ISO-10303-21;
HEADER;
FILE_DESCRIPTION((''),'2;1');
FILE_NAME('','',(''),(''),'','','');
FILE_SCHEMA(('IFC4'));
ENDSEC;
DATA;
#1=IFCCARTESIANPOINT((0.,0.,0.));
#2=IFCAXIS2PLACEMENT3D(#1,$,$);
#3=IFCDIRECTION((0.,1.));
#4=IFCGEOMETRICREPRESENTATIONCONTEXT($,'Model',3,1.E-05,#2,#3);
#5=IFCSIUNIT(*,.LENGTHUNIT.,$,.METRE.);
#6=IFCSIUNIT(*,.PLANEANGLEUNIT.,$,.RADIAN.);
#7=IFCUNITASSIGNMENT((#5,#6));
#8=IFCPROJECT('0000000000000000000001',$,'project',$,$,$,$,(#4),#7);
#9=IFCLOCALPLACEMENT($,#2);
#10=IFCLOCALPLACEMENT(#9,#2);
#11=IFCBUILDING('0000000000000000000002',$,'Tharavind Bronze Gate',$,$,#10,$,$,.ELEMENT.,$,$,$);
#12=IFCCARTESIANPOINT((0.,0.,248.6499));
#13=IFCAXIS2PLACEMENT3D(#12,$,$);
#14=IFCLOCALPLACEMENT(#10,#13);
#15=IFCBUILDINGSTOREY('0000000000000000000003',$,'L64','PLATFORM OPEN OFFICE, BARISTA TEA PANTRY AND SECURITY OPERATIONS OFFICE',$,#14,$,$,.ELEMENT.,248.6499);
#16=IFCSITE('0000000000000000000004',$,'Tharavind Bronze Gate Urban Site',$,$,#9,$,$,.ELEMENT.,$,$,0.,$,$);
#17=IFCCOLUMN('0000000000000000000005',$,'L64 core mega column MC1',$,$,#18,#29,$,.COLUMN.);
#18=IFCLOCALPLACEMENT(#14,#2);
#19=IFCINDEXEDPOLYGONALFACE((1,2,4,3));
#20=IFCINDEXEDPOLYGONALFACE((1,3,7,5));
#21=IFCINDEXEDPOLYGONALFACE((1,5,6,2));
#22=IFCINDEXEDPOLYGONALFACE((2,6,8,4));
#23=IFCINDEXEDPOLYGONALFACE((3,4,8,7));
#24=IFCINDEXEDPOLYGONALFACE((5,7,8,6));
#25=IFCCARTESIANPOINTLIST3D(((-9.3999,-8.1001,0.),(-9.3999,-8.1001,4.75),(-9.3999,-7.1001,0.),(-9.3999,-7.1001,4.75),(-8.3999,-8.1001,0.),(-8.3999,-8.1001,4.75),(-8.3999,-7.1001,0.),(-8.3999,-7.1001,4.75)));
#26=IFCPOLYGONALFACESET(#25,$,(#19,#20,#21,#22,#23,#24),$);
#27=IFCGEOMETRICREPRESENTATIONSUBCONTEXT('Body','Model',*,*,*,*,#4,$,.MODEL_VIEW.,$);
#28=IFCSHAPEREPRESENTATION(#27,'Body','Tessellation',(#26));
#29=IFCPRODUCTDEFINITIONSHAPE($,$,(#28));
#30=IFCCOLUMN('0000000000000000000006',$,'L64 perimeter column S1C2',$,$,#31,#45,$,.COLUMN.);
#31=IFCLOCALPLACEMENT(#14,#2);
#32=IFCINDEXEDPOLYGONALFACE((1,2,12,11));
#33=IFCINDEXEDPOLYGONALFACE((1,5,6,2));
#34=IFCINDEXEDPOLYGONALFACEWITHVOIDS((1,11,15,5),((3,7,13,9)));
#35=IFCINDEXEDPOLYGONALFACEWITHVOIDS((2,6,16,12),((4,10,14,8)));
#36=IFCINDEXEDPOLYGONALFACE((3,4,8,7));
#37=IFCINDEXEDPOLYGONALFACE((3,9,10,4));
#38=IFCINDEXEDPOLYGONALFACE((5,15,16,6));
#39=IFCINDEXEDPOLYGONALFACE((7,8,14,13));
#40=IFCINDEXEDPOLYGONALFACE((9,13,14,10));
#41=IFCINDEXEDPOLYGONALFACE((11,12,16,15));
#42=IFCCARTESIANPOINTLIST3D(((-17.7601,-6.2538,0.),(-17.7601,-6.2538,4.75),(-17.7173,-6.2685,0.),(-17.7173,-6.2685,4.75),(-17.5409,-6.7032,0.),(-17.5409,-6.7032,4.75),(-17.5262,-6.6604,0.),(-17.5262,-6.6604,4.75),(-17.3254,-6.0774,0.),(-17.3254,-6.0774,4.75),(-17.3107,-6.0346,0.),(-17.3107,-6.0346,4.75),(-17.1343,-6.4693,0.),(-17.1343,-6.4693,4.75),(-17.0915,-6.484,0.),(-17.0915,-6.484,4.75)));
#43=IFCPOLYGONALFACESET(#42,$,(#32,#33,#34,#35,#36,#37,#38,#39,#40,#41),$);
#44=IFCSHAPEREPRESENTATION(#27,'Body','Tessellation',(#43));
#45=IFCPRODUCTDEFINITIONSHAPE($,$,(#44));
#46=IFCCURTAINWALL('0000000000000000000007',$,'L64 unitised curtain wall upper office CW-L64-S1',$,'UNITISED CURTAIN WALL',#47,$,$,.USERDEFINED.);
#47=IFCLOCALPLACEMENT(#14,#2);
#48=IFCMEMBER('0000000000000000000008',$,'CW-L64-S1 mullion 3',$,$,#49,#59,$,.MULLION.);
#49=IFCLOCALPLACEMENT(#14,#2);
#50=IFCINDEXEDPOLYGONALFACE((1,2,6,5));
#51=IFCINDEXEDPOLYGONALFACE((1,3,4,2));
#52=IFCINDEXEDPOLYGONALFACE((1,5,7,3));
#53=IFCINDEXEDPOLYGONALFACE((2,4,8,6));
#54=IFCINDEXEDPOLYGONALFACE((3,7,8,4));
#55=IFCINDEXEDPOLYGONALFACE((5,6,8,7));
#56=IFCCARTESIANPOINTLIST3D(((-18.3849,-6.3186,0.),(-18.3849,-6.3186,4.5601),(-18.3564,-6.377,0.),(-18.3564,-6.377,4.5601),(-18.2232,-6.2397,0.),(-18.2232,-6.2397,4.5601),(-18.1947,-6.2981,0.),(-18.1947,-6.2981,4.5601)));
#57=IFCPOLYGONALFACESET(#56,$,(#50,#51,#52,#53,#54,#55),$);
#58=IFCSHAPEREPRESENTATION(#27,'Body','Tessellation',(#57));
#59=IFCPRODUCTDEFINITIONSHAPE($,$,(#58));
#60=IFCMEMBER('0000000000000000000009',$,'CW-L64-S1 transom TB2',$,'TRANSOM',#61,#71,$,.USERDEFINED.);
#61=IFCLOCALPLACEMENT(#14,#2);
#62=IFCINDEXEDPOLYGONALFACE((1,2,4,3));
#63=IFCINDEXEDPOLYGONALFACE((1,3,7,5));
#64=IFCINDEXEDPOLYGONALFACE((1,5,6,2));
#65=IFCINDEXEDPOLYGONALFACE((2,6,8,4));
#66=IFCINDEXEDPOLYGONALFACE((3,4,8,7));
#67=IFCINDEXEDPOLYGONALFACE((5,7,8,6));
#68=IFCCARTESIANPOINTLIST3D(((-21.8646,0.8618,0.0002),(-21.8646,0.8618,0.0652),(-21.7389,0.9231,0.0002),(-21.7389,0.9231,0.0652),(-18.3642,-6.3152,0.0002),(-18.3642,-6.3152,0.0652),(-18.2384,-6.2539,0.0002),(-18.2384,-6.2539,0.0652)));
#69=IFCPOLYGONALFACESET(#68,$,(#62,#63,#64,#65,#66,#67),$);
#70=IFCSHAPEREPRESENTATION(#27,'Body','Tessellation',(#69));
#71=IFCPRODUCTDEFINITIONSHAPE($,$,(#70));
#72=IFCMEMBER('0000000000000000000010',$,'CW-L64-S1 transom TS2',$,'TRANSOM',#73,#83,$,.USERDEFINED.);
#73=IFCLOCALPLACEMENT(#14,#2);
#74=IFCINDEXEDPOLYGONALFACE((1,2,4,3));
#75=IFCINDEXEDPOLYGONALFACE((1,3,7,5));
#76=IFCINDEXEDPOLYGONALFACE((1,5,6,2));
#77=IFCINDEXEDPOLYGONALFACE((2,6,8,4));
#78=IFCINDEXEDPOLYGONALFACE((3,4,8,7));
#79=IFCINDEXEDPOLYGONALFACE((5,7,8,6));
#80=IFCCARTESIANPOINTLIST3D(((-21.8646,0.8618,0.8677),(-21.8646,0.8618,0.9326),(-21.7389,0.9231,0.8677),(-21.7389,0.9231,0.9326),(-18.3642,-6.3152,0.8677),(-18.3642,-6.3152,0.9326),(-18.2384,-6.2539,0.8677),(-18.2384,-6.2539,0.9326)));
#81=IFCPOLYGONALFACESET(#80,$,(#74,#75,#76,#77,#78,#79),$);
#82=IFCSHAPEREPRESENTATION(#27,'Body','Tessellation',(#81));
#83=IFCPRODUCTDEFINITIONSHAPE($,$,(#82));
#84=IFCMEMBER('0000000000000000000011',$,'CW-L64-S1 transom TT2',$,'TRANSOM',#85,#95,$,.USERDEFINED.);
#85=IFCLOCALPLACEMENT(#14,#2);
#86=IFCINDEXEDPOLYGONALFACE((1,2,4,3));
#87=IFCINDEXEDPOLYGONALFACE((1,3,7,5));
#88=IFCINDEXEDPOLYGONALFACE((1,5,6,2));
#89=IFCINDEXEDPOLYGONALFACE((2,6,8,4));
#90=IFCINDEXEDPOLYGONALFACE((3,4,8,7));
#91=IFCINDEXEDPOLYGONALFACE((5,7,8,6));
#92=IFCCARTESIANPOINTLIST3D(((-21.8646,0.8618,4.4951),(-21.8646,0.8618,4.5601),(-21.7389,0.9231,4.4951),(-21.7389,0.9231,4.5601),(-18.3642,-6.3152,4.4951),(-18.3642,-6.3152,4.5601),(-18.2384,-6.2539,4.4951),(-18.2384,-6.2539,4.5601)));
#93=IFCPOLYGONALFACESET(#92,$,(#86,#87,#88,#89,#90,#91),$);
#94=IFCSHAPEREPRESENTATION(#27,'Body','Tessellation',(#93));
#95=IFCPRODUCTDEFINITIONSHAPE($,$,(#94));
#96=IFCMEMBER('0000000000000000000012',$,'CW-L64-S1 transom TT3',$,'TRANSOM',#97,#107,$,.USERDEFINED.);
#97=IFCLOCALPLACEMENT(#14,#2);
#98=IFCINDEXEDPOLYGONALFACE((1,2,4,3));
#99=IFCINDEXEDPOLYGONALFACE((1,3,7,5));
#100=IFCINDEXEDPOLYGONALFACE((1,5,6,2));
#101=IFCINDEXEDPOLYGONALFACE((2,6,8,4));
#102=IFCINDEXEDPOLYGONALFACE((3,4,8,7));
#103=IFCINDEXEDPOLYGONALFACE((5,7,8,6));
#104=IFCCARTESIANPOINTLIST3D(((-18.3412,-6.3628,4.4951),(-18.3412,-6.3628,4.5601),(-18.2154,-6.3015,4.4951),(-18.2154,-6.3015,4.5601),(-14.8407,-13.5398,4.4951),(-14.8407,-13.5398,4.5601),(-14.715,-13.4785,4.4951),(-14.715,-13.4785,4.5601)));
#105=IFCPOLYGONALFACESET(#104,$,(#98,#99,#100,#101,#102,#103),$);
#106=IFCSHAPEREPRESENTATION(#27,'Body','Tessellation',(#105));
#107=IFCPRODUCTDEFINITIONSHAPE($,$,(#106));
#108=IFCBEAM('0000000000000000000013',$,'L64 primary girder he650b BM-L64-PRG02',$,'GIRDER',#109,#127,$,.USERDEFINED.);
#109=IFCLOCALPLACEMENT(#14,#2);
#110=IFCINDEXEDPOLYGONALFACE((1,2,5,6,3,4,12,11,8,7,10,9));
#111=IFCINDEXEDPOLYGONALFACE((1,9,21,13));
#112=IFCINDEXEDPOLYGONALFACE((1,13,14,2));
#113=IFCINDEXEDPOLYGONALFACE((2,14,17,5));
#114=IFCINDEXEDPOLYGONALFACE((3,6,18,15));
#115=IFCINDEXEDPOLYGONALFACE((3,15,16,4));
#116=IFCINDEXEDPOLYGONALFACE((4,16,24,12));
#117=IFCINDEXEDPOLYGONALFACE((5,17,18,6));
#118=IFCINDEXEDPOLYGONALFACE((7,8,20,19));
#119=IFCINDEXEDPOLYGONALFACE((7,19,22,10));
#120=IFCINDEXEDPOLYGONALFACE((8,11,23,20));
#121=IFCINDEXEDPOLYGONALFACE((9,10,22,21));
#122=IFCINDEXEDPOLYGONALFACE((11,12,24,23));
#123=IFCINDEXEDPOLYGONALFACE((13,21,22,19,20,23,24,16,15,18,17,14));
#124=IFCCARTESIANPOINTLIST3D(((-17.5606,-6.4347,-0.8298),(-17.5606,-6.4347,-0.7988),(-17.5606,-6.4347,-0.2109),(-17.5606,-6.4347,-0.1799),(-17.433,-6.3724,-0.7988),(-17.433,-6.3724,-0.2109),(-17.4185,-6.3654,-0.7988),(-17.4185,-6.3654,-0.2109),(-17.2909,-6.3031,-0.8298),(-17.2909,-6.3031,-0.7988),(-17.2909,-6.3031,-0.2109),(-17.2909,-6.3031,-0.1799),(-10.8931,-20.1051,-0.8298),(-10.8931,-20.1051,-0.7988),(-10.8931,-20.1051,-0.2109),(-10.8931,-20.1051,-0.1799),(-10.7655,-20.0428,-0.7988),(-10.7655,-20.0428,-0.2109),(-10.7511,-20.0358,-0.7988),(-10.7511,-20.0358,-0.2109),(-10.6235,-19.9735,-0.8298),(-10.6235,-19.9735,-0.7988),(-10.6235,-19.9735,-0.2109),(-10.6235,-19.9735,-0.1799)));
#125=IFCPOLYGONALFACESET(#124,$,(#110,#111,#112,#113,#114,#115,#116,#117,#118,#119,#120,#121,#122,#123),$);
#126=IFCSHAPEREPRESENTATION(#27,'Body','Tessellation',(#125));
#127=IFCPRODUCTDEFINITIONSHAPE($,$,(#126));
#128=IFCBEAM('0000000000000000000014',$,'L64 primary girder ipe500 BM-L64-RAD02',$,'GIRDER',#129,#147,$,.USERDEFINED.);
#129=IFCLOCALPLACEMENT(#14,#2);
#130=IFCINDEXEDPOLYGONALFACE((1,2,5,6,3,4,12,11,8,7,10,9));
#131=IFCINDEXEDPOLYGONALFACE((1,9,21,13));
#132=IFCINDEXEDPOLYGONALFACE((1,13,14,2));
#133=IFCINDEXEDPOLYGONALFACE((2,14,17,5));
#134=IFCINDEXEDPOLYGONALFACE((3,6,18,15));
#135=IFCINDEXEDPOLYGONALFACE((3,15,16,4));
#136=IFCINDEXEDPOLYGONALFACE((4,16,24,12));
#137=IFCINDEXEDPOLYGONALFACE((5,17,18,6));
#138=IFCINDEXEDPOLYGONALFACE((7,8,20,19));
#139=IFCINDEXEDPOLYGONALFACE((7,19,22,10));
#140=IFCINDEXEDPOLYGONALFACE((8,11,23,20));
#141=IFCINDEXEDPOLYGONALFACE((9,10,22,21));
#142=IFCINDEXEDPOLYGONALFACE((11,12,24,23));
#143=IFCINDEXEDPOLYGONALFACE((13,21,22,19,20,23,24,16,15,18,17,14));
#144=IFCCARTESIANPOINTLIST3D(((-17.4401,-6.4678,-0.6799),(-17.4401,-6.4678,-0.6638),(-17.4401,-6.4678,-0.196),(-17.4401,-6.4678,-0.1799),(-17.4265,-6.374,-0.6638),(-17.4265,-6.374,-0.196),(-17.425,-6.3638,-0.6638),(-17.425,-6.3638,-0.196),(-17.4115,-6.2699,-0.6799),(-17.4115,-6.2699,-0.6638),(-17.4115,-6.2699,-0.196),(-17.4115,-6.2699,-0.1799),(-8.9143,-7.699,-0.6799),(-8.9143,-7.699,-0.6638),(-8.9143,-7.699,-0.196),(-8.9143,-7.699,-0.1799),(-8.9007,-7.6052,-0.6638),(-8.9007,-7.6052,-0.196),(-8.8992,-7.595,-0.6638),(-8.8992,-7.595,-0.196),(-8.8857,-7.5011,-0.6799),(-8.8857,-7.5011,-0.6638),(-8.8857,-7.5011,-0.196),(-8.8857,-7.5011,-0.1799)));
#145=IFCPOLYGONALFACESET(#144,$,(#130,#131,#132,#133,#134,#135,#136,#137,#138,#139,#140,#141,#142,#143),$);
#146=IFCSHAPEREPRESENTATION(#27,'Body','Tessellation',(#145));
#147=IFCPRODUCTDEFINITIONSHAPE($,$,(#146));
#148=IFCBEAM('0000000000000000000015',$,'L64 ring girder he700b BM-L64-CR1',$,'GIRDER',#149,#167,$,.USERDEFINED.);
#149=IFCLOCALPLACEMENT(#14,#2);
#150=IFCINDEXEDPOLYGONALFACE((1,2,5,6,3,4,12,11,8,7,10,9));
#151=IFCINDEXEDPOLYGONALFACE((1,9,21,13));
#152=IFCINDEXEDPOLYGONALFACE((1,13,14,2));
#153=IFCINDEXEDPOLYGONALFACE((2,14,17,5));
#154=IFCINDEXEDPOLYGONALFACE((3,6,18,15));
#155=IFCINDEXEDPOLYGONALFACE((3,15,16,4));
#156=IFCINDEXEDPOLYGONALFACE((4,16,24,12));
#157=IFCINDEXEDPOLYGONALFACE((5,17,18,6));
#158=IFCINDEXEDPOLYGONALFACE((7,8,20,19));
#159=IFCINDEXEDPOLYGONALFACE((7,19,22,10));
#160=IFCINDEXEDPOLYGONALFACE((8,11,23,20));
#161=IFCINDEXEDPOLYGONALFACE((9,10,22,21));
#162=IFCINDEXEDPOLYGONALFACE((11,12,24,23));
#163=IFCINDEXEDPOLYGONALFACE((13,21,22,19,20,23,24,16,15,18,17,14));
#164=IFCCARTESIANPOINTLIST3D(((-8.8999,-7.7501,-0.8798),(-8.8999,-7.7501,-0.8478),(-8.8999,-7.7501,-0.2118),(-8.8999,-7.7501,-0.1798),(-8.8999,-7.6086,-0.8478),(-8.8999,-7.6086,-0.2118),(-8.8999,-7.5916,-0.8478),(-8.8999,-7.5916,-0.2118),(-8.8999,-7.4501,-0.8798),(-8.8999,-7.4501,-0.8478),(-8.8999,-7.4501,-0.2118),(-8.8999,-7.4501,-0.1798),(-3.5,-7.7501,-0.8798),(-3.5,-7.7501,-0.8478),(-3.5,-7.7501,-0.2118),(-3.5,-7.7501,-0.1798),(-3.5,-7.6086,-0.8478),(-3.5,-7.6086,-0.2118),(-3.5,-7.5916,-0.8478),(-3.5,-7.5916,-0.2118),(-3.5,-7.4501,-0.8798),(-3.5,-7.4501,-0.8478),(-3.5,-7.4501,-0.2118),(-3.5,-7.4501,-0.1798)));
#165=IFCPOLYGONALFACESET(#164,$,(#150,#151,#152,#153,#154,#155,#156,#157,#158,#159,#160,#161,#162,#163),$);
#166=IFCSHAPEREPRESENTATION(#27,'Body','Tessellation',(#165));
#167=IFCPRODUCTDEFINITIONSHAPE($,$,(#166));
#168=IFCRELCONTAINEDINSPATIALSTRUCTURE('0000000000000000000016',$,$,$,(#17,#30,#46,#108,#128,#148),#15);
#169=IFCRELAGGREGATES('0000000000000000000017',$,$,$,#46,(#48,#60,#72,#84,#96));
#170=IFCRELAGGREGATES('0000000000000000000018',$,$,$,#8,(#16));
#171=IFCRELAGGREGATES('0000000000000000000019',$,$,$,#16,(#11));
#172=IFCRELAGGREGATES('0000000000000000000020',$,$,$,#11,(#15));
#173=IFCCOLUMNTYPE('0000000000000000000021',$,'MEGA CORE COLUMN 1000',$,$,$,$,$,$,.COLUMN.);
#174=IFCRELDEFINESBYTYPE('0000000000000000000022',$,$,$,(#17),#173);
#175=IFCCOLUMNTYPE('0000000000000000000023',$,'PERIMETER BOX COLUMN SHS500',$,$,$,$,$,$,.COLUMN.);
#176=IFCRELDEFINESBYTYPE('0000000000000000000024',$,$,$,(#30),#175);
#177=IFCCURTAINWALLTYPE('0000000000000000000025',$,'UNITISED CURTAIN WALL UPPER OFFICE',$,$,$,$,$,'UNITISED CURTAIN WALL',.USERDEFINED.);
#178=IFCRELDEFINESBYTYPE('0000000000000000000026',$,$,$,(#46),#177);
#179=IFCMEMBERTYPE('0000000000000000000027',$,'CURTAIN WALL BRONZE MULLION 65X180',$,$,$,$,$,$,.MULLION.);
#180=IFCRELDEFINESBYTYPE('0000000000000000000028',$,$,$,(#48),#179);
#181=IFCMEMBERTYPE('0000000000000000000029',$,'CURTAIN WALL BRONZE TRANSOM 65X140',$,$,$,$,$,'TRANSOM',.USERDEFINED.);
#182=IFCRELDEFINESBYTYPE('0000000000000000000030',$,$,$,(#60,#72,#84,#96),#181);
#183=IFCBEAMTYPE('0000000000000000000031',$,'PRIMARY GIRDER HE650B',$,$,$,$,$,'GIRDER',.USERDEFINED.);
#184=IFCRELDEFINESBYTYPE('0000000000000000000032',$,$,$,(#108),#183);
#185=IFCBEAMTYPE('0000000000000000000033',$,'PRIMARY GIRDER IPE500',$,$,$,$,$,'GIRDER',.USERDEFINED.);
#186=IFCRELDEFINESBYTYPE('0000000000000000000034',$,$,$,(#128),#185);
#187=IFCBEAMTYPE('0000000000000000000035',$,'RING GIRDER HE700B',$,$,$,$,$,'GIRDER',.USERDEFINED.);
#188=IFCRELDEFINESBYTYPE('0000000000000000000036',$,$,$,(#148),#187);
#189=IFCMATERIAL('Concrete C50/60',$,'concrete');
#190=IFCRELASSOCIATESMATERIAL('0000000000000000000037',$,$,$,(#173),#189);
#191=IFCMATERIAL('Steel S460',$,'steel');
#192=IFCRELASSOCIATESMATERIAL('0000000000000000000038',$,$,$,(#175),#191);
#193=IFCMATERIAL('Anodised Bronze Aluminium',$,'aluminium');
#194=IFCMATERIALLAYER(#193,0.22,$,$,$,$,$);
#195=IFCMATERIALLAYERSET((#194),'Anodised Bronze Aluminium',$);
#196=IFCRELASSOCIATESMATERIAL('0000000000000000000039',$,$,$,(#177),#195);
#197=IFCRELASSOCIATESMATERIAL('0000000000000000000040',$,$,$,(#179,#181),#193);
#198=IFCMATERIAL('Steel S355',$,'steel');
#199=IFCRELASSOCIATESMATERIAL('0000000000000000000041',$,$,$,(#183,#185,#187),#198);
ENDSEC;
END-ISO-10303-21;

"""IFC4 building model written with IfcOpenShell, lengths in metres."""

from ifc_helpers import new_model, si_unit, direction, frame, origin, origin_2d, place, context, subcontext, project, spatial, rectangle, hollow_rectangle, i_section, extrude, material, layer, layer_set, material_profile, profile_set, type_object, element, aggregate, save


model = new_model("IFC4")

# Units and contexts
model_context = context("Model", 3, precision=1e-05, world=origin(), true_north=direction((0.0, 1.0)))
body_context = subcontext(model_context, "Body", "Model", "MODEL_VIEW")
ifc_project = project(units=[si_unit("LENGTHUNIT", "METRE"), si_unit("PLANEANGLEUNIT", "RADIAN")], contexts=[model_context])

# Site, building, storey
site_placement = place(None, origin())
site = spatial("IfcSite", under=ifc_project, at=site_placement, Name="Tharavind Bronze Gate Urban Site", CompositionType="ELEMENT", RefElevation=0.0)
building_placement = place(site_placement, origin())
building = spatial("IfcBuilding", under=site, at=building_placement, Name="Tharavind Bronze Gate", CompositionType="ELEMENT")
storey_placement = place(building_placement, frame((0.0, 0.0, 248.6499)))
storey = spatial("IfcBuildingStorey", under=building, at=storey_placement, Name="L64", Description="PLATFORM OPEN OFFICE, BARISTA TEA PANTRY AND SECURITY OPERATIONS OFFICE", CompositionType="ELEMENT", Elevation=248.6499)

# Columns
ifc_material_1 = material(Name="Concrete C50/60", Category="concrete")
ifc_material_profile_1 = material_profile(ifc_material_1, rectangle(XDim=1.0, YDim=1.0, at=origin_2d()), Name="RCCOL1000")
ifc_profile_set_1 = profile_set([ifc_material_profile_1], Name="Concrete C50/60")
column_type_1 = type_object("IfcColumnType", Name="MEGA CORE COLUMN 1000", PredefinedType="COLUMN", material=ifc_profile_set_1)
column_1_placement = place(storey_placement, frame((-8.8999, -7.6001, 0.0), z_axis=(0.0, 0.0, 1.0), x_axis=(1.0, 0.0, 0.0)))
element("IfcColumn", 1, at=column_1_placement, inside=storey, type_object=column_type_1, Name="L64 core mega column MC1", PredefinedType="COLUMN", context=body_context, shape_type="SweptSolid", body=[
    extrude(rectangle(XDim=1.0, YDim=1.0, at=origin_2d()), origin(), (0.0, 0.0, 1.0), 4.75),
])
ifc_material_2 = material(Name="Steel S460", Category="steel")
ifc_material_profile_2 = material_profile(ifc_material_2, hollow_rectangle(XDim=0.5, YDim=0.5, WallThickness=0.032, at=origin_2d()), Name="SHS500X32")
ifc_profile_set_2 = profile_set([ifc_material_profile_2], Name="Steel S460")
column_type_2 = type_object("IfcColumnType", Name="PERIMETER BOX COLUMN SHS500", PredefinedType="COLUMN", material=ifc_profile_set_2)
column_2_placement = place(storey_placement, frame((-17.4258, -6.3689, 0.0), z_axis=(0.0, 0.0, 1.0), x_axis=(-0.438371, 0.898794, 0.0)))
element("IfcColumn", 2, at=column_2_placement, inside=storey, type_object=column_type_2, Name="L64 perimeter column S1C2", PredefinedType="COLUMN", context=body_context, shape_type="SweptSolid", body=[
    extrude(hollow_rectangle(XDim=0.5, YDim=0.5, WallThickness=0.032, at=origin_2d()), origin(), (0.0, 0.0, 1.0), 4.75),
])

# Curtain wall, members
ifc_material_3 = material(Name="Anodised Bronze Aluminium", Category="aluminium")
ifc_layer_1 = layer(ifc_material_3, 0.22)
ifc_layer_set_1 = layer_set([ifc_layer_1], Name="Anodised Bronze Aluminium")
curtain_wall_type = type_object("IfcCurtainWallType", Name="UNITISED CURTAIN WALL UPPER OFFICE", ElementType="UNITISED CURTAIN WALL", PredefinedType="USERDEFINED", material=ifc_layer_set_1)
curtain_wall_placement = place(storey_placement, origin())
curtain_wall = element("IfcCurtainWall", 3, at=curtain_wall_placement, inside=storey, type_object=curtain_wall_type, Name="L64 unitised curtain wall upper office CW-L64-S1", ObjectType="UNITISED CURTAIN WALL", PredefinedType="USERDEFINED")
member_type_1 = type_object("IfcMemberType", Name="CURTAIN WALL BRONZE MULLION 65X180", PredefinedType="MULLION", material=ifc_material_3)
member_1_placement = place(storey_placement, frame((-18.2898, -6.3083, 0.0), z_axis=(0.0, 0.0, 1.0), x_axis=(0.438371, -0.898794, 0.0)))
member_1 = element("IfcMember", 4, at=member_1_placement, type_object=member_type_1, Name="CW-L64-S1 mullion 3", PredefinedType="MULLION", context=body_context, shape_type="SweptSolid", body=[
    extrude(rectangle(XDim=0.0649, YDim=0.1799, at=origin_2d()), origin(), (0.0, 0.0, 1.0), 4.5601),
])
member_type_2 = type_object("IfcMemberType", Name="CURTAIN WALL BRONZE TRANSOM 65X140", ElementType="TRANSOM", PredefinedType="USERDEFINED", material=ifc_material_3)
member_2_placement = place(storey_placement, frame((-20.0515, -2.696, 0.0002), z_axis=(0.0, 0.0, 1.0), x_axis=(0.438371, -0.898794, 0.0)))
member_2 = element("IfcMember", 5, at=member_2_placement, type_object=member_type_2, Name="CW-L64-S1 transom TB2", ObjectType="TRANSOM", PredefinedType="USERDEFINED", context=body_context, shape_type="SweptSolid", body=[
    extrude(rectangle(XDim=7.9851, YDim=0.1399, at=origin_2d()), origin(), (0.0, 0.0, 1.0), 0.0649),
])
member_3_placement = place(storey_placement, frame((-20.0515, -2.696, 0.8677), z_axis=(0.0, 0.0, 1.0), x_axis=(0.438371, -0.898794, 0.0)))
member_3 = element("IfcMember", 6, at=member_3_placement, type_object=member_type_2, Name="CW-L64-S1 transom TS2", ObjectType="TRANSOM", PredefinedType="USERDEFINED", context=body_context, shape_type="SweptSolid", body=[
    extrude(rectangle(XDim=7.9851, YDim=0.1399, at=origin_2d()), origin(), (0.0, 0.0, 1.0), 0.0649),
])
member_4_placement = place(storey_placement, frame((-20.0515, -2.696, 4.4951), z_axis=(0.0, 0.0, 1.0), x_axis=(0.438371, -0.898794, 0.0)))
member_4 = element("IfcMember", 7, at=member_4_placement, type_object=member_type_2, Name="CW-L64-S1 transom TT2", ObjectType="TRANSOM", PredefinedType="USERDEFINED", context=body_context, shape_type="SweptSolid", body=[
    extrude(rectangle(XDim=7.9851, YDim=0.1399, at=origin_2d()), origin(), (0.0, 0.0, 1.0), 0.0649),
])
member_5_placement = place(storey_placement, frame((-16.5281, -9.9207, 4.4951), z_axis=(0.0, 0.0, 1.0), x_axis=(0.438371, -0.898794, 0.0)))
member_5 = element("IfcMember", 8, at=member_5_placement, type_object=member_type_2, Name="CW-L64-S1 transom TT3", ObjectType="TRANSOM", PredefinedType="USERDEFINED", context=body_context, shape_type="SweptSolid", body=[
    extrude(rectangle(XDim=7.9851, YDim=0.1399, at=origin_2d()), origin(), (0.0, 0.0, 1.0), 0.0649),
])

# Beams
ifc_material_4 = material(Name="Steel S355", Category="steel")
ifc_material_profile_3 = material_profile(ifc_material_4, i_section(OverallWidth=0.3, OverallDepth=0.6499, WebThickness=0.0161, FlangeThickness=0.031, at=origin_2d()), Name="HE650B")
ifc_profile_set_3 = profile_set([ifc_material_profile_3], Name="Steel S355")
beam_type_1 = type_object("IfcBeamType", Name="PRIMARY GIRDER HE650B", ElementType="GIRDER", PredefinedType="USERDEFINED", material=ifc_profile_set_3)
beam_1_placement = place(storey_placement, frame((-17.4258, -6.3689, -0.5049), z_axis=(0.43837, -0.898795, 0.0), x_axis=(0.898795, 0.43837, 0.0)))
element("IfcBeam", 9, at=beam_1_placement, inside=storey, type_object=beam_type_1, Name="L64 primary girder he650b BM-L64-PRG02", ObjectType="GIRDER", PredefinedType="USERDEFINED", context=body_context, shape_type="SweptSolid", body=[
    extrude(i_section(OverallWidth=0.3, OverallDepth=0.6499, WebThickness=0.0161, FlangeThickness=0.031, at=origin_2d()), origin(), (0.0, 0.0, 1.0), 15.2097),
])
ifc_material_profile_4 = material_profile(ifc_material_4, i_section(OverallWidth=0.2, OverallDepth=0.5, WebThickness=0.0103, FlangeThickness=0.0161, at=origin_2d()), Name="IPE500")
ifc_profile_set_4 = profile_set([ifc_material_profile_4], Name="Steel S355")
beam_type_2 = type_object("IfcBeamType", Name="PRIMARY GIRDER IPE500", ElementType="GIRDER", PredefinedType="USERDEFINED", material=ifc_profile_set_4)
beam_2_placement = place(storey_placement, frame((-17.4258, -6.3689, -0.4299), z_axis=(0.989734, -0.142925, 0.0), x_axis=(0.142925, 0.989734, 0.0)))
element("IfcBeam", 10, at=beam_2_placement, inside=storey, type_object=beam_type_2, Name="L64 primary girder ipe500 BM-L64-RAD02", ObjectType="GIRDER", PredefinedType="USERDEFINED", context=body_context, shape_type="SweptSolid", body=[
    extrude(i_section(OverallWidth=0.2, OverallDepth=0.5, WebThickness=0.0103, FlangeThickness=0.0161, at=origin_2d()), origin(), (0.0, 0.0, 1.0), 8.6143),
])
ifc_material_profile_5 = material_profile(ifc_material_4, i_section(OverallWidth=0.3, OverallDepth=0.7, WebThickness=0.0171, FlangeThickness=0.032, at=origin_2d()), Name="HE700B")
ifc_profile_set_5 = profile_set([ifc_material_profile_5], Name="Steel S355")
beam_type_3 = type_object("IfcBeamType", Name="RING GIRDER HE700B", ElementType="GIRDER", PredefinedType="USERDEFINED", material=ifc_profile_set_5)
beam_3_placement = place(storey_placement, frame((-8.8999, -7.6001, -0.5298), z_axis=(1.0, 0.0, 0.0), x_axis=(0.0, 1.0, 0.0)))
element("IfcBeam", 11, at=beam_3_placement, inside=storey, type_object=beam_type_3, Name="L64 ring girder he700b BM-L64-CR1", ObjectType="GIRDER", PredefinedType="USERDEFINED", context=body_context, shape_type="SweptSolid", body=[
    extrude(i_section(OverallWidth=0.3, OverallDepth=0.7, WebThickness=0.0171, FlangeThickness=0.032, at=origin_2d()), origin(), (0.0, 0.0, 1.0), 5.3999),
])

aggregate(curtain_wall, [member_1, member_2, member_3, member_4, member_5])

save(model, "model.ifc")
